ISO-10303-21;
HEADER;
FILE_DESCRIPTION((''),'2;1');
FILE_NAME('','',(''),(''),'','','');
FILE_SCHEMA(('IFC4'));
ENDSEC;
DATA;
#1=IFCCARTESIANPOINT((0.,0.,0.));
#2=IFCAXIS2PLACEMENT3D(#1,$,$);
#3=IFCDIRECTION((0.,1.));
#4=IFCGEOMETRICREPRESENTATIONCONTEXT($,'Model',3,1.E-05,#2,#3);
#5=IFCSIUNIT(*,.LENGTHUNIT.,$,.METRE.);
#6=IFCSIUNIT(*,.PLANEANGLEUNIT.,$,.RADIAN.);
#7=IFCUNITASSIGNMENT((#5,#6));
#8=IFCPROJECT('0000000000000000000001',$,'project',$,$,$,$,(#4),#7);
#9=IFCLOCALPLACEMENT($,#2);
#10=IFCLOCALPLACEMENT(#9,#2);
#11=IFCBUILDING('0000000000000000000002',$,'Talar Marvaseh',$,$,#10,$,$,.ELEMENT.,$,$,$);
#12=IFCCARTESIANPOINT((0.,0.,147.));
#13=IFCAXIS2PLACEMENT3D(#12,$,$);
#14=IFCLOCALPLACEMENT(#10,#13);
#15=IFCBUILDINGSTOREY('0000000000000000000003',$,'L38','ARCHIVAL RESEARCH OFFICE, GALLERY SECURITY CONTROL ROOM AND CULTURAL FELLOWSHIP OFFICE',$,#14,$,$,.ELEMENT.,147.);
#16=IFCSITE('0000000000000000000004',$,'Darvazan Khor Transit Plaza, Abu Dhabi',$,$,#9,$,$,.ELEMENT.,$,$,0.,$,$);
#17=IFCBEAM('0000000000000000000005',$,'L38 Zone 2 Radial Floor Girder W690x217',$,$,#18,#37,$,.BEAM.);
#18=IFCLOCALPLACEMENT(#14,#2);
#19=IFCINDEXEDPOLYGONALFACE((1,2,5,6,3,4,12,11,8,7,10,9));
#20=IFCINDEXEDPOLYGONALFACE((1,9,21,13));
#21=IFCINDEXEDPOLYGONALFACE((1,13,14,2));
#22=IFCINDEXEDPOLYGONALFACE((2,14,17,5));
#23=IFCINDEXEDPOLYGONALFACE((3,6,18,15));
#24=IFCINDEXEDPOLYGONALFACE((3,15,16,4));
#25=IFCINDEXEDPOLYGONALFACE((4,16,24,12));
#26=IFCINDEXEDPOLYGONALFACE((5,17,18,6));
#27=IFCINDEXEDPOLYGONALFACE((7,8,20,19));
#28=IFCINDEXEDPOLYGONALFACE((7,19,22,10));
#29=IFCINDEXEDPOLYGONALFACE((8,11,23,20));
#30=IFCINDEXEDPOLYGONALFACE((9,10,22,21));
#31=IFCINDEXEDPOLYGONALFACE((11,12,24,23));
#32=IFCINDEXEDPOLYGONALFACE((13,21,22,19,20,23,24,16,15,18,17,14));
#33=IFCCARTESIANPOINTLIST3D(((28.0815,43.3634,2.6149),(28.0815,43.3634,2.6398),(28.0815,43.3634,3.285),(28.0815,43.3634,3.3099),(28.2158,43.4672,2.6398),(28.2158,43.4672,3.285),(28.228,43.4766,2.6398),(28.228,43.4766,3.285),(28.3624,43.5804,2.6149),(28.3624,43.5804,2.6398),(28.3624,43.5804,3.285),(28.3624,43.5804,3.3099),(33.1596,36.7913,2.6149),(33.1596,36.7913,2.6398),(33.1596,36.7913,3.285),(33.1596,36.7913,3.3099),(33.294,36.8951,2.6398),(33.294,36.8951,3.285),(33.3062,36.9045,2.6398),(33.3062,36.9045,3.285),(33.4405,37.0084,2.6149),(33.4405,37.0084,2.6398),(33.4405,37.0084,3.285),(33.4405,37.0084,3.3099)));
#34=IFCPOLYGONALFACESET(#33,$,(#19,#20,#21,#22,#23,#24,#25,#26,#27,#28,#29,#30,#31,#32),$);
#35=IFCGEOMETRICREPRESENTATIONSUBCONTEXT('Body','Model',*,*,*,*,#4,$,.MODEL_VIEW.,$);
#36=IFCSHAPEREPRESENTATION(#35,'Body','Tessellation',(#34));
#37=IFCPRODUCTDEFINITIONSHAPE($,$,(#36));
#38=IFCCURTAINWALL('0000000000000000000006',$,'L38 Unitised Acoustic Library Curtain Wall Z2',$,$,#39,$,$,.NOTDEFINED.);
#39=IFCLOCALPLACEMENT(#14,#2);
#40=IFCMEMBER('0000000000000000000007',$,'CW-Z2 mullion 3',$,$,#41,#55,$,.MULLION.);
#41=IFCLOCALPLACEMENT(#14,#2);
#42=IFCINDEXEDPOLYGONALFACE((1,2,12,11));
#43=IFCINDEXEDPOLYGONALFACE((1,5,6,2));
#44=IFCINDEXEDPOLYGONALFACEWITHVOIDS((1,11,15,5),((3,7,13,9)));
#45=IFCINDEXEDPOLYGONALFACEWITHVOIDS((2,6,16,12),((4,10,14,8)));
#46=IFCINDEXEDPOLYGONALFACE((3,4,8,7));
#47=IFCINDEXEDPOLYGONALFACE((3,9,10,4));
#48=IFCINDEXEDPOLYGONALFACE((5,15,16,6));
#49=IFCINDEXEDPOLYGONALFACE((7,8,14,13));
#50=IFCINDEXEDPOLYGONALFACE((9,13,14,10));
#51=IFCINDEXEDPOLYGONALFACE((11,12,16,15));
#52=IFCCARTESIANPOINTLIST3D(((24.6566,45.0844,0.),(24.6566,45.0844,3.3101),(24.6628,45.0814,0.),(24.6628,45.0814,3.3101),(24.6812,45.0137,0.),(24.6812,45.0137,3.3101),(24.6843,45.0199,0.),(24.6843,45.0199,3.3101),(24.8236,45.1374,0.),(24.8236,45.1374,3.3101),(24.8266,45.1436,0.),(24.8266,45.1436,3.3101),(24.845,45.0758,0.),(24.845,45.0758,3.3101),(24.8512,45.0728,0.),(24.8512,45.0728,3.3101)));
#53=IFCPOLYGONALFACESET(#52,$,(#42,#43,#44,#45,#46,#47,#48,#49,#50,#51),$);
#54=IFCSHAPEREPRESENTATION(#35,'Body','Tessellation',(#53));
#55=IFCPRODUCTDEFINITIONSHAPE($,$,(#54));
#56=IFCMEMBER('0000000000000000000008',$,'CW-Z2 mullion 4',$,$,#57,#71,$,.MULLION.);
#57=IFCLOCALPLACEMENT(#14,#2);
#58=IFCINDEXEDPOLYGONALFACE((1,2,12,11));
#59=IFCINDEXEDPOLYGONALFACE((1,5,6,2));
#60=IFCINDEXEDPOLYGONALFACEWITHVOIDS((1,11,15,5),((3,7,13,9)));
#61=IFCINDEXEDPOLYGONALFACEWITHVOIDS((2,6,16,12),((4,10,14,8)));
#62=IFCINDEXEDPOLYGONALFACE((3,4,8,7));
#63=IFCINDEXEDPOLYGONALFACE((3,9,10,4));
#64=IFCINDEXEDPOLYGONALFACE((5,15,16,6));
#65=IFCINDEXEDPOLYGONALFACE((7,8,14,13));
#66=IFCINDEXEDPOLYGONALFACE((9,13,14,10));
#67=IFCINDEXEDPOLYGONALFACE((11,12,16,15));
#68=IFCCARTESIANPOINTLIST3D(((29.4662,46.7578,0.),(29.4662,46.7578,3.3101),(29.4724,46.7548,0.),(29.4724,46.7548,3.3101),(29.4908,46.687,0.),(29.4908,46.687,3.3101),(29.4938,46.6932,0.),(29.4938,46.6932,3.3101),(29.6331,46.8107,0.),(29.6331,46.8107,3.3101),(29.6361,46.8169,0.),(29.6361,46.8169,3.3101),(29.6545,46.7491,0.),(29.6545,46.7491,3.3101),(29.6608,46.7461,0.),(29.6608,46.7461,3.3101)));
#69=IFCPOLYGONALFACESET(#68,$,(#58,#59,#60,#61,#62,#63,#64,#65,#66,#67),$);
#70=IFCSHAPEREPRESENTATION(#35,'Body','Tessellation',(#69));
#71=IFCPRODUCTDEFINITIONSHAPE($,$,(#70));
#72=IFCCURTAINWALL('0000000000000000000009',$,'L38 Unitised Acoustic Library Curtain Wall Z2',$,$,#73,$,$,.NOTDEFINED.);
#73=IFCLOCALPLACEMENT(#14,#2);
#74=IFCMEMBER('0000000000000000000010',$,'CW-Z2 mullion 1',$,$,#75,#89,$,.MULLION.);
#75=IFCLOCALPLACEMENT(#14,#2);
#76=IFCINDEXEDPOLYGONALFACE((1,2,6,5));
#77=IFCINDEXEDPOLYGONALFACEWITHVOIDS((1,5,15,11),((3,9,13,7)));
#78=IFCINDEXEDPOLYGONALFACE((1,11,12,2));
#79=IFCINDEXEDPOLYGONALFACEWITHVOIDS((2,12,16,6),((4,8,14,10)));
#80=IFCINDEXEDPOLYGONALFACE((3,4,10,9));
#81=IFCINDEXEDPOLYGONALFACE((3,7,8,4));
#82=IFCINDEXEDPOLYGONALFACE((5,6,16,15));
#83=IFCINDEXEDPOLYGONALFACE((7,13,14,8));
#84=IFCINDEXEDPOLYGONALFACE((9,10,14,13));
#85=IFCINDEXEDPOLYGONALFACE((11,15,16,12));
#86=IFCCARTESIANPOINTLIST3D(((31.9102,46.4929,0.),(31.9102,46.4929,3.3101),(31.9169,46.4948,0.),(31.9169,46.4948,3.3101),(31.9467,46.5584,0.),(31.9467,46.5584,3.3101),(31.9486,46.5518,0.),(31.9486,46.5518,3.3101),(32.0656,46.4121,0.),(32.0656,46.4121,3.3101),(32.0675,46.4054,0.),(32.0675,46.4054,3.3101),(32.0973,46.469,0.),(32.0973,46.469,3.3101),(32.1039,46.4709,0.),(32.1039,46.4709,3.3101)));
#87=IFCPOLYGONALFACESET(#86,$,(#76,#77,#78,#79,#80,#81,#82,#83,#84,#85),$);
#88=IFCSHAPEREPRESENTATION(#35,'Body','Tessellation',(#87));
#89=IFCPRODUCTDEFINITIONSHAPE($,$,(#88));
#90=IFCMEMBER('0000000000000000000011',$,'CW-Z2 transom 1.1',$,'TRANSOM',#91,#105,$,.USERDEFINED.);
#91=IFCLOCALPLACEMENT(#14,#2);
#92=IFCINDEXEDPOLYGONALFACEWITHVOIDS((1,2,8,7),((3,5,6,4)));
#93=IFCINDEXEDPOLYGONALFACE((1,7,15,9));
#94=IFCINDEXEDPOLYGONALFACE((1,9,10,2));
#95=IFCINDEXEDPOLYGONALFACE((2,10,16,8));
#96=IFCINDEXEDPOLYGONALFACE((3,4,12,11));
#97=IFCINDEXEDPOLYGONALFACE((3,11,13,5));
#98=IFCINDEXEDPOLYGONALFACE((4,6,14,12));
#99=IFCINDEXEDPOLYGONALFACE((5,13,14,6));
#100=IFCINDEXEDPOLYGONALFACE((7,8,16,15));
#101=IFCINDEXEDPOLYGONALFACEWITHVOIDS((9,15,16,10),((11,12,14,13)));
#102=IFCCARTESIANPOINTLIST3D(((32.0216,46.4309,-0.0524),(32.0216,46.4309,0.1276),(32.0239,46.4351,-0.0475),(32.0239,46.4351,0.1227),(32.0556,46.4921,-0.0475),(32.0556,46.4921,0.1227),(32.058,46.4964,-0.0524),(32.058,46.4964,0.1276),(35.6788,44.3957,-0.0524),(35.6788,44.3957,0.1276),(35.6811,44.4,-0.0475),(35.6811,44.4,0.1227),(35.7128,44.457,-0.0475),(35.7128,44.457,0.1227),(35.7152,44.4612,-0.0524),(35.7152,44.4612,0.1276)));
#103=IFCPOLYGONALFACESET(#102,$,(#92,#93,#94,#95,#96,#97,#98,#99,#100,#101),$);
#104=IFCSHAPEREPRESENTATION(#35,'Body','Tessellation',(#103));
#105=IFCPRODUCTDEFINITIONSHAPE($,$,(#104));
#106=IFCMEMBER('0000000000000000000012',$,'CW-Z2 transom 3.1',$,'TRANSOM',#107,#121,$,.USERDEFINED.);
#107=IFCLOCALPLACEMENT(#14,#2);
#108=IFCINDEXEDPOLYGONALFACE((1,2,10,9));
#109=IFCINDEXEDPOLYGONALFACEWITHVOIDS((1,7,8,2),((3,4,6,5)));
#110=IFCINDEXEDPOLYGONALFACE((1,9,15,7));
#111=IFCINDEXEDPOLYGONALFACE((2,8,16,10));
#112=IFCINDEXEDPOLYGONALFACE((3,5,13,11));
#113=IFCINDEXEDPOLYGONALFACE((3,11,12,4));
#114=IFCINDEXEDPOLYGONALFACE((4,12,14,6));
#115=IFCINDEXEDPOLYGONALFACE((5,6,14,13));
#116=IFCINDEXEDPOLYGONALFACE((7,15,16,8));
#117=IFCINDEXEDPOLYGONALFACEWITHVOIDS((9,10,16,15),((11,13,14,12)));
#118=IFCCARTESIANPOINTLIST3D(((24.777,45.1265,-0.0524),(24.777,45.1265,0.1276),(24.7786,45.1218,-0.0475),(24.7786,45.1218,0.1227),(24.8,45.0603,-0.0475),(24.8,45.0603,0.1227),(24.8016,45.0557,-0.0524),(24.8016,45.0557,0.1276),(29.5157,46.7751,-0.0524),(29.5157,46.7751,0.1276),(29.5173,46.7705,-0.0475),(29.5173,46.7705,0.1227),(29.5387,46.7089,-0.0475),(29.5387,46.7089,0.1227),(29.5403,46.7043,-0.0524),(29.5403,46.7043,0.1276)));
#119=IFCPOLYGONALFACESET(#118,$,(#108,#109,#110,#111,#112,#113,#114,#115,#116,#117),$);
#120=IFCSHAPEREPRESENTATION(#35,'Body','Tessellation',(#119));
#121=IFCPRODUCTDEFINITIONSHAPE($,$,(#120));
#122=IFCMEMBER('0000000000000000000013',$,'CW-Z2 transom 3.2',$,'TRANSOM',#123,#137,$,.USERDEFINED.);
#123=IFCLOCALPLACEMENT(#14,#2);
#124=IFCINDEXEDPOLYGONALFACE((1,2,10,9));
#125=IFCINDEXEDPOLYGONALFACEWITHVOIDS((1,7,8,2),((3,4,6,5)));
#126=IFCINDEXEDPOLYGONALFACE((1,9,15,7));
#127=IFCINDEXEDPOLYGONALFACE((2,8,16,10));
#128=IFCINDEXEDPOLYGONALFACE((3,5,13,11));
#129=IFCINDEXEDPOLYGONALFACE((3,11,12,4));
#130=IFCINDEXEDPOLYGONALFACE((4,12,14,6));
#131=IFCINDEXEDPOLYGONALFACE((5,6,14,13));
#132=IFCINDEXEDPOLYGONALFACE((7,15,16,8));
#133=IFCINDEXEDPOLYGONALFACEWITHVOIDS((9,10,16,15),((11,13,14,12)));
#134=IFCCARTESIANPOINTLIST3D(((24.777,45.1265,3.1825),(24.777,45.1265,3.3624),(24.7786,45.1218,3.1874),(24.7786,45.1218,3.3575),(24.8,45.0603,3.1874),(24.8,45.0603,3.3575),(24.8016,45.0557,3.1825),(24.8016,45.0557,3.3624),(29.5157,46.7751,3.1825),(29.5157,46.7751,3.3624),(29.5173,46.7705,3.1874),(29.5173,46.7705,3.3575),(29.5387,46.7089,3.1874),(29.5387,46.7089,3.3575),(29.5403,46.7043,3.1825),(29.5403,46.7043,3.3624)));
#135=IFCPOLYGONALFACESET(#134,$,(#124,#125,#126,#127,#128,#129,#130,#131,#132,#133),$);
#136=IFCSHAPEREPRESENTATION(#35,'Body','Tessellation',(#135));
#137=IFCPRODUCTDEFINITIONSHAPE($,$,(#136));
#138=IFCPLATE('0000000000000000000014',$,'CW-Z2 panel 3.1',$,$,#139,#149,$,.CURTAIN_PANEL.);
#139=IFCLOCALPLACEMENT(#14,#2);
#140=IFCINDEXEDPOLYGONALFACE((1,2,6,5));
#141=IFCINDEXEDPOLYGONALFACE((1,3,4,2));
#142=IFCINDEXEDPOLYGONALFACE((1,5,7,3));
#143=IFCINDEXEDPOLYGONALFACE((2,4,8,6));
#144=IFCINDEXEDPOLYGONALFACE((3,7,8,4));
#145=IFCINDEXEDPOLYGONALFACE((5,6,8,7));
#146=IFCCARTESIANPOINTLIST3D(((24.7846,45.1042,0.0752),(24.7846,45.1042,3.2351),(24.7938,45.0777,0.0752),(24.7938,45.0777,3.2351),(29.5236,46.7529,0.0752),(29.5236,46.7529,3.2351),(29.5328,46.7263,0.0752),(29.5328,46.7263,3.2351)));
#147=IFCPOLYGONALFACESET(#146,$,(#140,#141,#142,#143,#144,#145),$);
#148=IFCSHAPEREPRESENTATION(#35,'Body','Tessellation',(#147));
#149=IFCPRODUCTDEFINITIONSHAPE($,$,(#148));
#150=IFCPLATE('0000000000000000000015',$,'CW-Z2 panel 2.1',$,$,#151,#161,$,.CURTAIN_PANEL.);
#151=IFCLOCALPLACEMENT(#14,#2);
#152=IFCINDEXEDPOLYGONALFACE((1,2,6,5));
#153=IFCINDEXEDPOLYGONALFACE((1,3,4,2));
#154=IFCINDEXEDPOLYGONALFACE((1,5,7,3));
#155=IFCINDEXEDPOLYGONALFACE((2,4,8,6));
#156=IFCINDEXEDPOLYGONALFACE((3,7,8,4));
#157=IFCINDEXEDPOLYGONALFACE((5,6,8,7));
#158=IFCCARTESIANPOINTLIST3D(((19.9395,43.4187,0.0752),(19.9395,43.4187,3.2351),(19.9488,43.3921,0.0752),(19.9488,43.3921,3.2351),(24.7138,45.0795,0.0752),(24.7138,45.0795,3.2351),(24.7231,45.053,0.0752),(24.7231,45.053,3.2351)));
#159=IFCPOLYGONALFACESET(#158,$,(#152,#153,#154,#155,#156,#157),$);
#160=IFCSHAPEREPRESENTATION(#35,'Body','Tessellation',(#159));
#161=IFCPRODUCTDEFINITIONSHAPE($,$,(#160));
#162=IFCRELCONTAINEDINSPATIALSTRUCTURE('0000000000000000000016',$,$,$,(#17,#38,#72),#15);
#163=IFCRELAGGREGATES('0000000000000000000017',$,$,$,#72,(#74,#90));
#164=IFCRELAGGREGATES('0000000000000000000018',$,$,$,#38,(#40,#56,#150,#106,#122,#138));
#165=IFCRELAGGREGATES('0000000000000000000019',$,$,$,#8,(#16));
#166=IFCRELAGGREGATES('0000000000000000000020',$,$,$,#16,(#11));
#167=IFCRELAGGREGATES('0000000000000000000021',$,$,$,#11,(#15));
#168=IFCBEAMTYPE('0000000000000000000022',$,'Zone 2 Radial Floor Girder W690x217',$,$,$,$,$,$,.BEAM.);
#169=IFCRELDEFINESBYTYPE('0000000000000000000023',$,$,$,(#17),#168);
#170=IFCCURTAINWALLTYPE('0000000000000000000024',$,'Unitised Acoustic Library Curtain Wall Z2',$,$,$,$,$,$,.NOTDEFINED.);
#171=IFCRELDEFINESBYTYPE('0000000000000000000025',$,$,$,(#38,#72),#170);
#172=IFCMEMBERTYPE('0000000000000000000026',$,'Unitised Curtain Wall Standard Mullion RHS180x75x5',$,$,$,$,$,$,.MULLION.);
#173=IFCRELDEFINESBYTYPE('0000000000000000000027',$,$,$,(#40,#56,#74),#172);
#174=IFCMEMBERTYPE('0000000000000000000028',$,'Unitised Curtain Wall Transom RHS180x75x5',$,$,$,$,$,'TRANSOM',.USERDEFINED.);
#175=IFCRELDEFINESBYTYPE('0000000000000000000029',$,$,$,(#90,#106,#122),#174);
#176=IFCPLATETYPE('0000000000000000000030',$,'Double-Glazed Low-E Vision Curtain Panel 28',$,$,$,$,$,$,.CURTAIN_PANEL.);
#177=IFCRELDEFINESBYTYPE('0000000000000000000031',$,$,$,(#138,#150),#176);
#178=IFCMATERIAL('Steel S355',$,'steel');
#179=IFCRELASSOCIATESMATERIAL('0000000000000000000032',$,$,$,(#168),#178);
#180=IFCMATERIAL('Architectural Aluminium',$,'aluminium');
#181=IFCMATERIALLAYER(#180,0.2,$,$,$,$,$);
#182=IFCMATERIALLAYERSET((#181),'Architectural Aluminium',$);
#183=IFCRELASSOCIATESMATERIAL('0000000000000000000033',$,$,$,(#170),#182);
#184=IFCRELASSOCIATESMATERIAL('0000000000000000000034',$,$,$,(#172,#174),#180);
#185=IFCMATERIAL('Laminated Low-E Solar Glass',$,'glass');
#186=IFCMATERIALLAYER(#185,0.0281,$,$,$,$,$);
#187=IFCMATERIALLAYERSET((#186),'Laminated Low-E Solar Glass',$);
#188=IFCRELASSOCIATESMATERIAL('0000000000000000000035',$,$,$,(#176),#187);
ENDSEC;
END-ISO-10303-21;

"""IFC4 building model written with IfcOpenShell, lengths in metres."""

from ifc_helpers import new_model, si_unit, direction, frame, origin, origin_2d, place, context, subcontext, project, spatial, rectangle, hollow_rectangle, i_section, extrude, source, transform, mapped, material, layer, layer_set, material_profile, profile_set, type_object, type_shapes, element, aggregate, save


model = new_model("IFC4")

# Units and contexts
model_context = context("Model", 3, precision=1e-05, world=origin(), true_north=direction((0.0, 1.0)))
body_context = subcontext(model_context, "Body", "Model", "MODEL_VIEW")
ifc_project = project(units=[si_unit("LENGTHUNIT", "METRE"), si_unit("PLANEANGLEUNIT", "RADIAN")], contexts=[model_context])

# Site, building, storey
site_placement = place(None, origin())
site = spatial("IfcSite", under=ifc_project, at=site_placement, Name="Darvazan Khor Transit Plaza, Abu Dhabi", CompositionType="ELEMENT", RefElevation=0.0)
building_placement = place(site_placement, origin())
building = spatial("IfcBuilding", under=site, at=building_placement, Name="Talar Marvaseh", CompositionType="ELEMENT")
storey_placement = place(building_placement, frame((0.0, 0.0, 147.0)))
storey = spatial("IfcBuildingStorey", under=building, at=storey_placement, Name="L38", Description="ARCHIVAL RESEARCH OFFICE, GALLERY SECURITY CONTROL ROOM AND CULTURAL FELLOWSHIP OFFICE", CompositionType="ELEMENT", Elevation=147.0)

# Beam
ifc_material_1 = material(Name="Steel S355", Category="steel")
ifc_material_profile_1 = material_profile(ifc_material_1, i_section(OverallWidth=0.355, OverallDepth=0.6951, WebThickness=0.0154, FlangeThickness=0.0249, at=origin_2d()), Name="W690x217")
ifc_profile_set_1 = profile_set([ifc_material_profile_1], Name="Steel S355")
beam_type = type_object("IfcBeamType", Name="Zone 2 Radial Floor Girder W690x217", PredefinedType="BEAM", material=ifc_profile_set_1)
beam_placement = place(storey_placement, frame((28.2219, 43.4719, 2.9624), z_axis=(0.611428, -0.7913, 0.0), x_axis=(0.7913, 0.611428, 0.0)))
element("IfcBeam", 1, at=beam_placement, inside=storey, type_object=beam_type, Name="L38 Zone 2 Radial Floor Girder W690x217", PredefinedType="BEAM", context=body_context, shape_type="SweptSolid", body=[
    extrude(i_section(OverallWidth=0.355, OverallDepth=0.6951, WebThickness=0.0154, FlangeThickness=0.0249, at=origin_2d()), origin(), (0.0, 0.0, 1.0), 8.3054),
])

# Curtain walls, members
ifc_material_2 = material(Name="Architectural Aluminium", Category="aluminium")
ifc_layer_1 = layer(ifc_material_2, 0.2)
ifc_layer_set_1 = layer_set([ifc_layer_1], Name="Architectural Aluminium")
curtain_wall_type = type_object("IfcCurtainWallType", Name="Unitised Acoustic Library Curtain Wall Z2", PredefinedType="NOTDEFINED", material=ifc_layer_set_1)
curtain_wall_1_placement = place(storey_placement, origin())
curtain_wall_1 = element("IfcCurtainWall", 2, at=curtain_wall_1_placement, inside=storey, type_object=curtain_wall_type, Name="L38 Unitised Acoustic Library Curtain Wall Z2", PredefinedType="NOTDEFINED")
ifc_material_profile_2 = material_profile(ifc_material_2, hollow_rectangle(XDim=0.075, YDim=0.1799, WallThickness=0.0049, at=origin_2d()), Name="RHS180x75x5")
ifc_profile_set_2 = profile_set([ifc_material_profile_2], Name="Architectural Aluminium")
member_type_1 = type_object("IfcMemberType", Name="Unitised Curtain Wall Standard Mullion RHS180x75x5", PredefinedType="MULLION", material=ifc_profile_set_2)
shared_shape_1 = source(origin(), body_context, "Body", "SweptSolid", [
    extrude(hollow_rectangle(XDim=0.075, YDim=0.1799, WallThickness=0.0049, at=origin_2d()), origin(), (0.0, 0.0, 1.0), 3.3101),
])
type_shapes(member_type_1, [shared_shape_1])
member_1_placement = place(storey_placement, frame((24.7539, 45.0786, 0.0), z_axis=(0.0, 0.0, 1.0), x_axis=(-0.328569, 0.94448, 0.0)))
member_1 = element("IfcMember", 3, at=member_1_placement, type_object=member_type_1, Name="CW-Z2 mullion 3", PredefinedType="MULLION", context=body_context, shape_type="MappedRepresentation", body=[
    mapped(shared_shape_1, transform((0.0, 0.0, 0.0), x_axis=(1.0, 0.0, 0.0), y_axis=(0.0, 1.0, 0.0), z_axis=(0.0, 0.0, 1.0), scale=1.0)),
])
member_2_placement = place(storey_placement, frame((29.5635, 46.752, 0.0), z_axis=(0.0, 0.0, 1.0), x_axis=(-0.328569, 0.94448, 0.0)))
member_2 = element("IfcMember", 4, at=member_2_placement, type_object=member_type_1, Name="CW-Z2 mullion 4", PredefinedType="MULLION", context=body_context, shape_type="MappedRepresentation", body=[
    mapped(shared_shape_1, transform((0.0, 0.0, 0.0), x_axis=(1.0, 0.0, 0.0), y_axis=(0.0, 1.0, 0.0), z_axis=(0.0, 0.0, 1.0), scale=1.0)),
])
curtain_wall_2_placement = place(storey_placement, origin())
curtain_wall_2 = element("IfcCurtainWall", 5, at=curtain_wall_2_placement, inside=storey, type_object=curtain_wall_type, Name="L38 Unitised Acoustic Library Curtain Wall Z2", PredefinedType="NOTDEFINED")
member_3_placement = place(storey_placement, frame((32.0071, 46.4819, 0.0), z_axis=(0.0, 0.0, 1.0), x_axis=(0.486278, 0.873804, 0.0)))
member_3 = element("IfcMember", 6, at=member_3_placement, type_object=member_type_1, Name="CW-Z2 mullion 1", PredefinedType="MULLION", context=body_context, shape_type="MappedRepresentation", body=[
    mapped(shared_shape_1, transform((0.0, 0.0, 0.0), x_axis=(1.0, 0.0, 0.0), y_axis=(0.0, 1.0, 0.0), z_axis=(0.0, 0.0, 1.0), scale=1.0)),
])
ifc_material_profile_3 = material_profile(ifc_material_2, hollow_rectangle(XDim=0.075, YDim=0.1799, WallThickness=0.0049, at=origin_2d()), Name="RHS180x75x5")
ifc_profile_set_3 = profile_set([ifc_material_profile_3], Name="Architectural Aluminium")
member_type_2 = type_object("IfcMemberType", Name="Unitised Curtain Wall Transom RHS180x75x5", ElementType="TRANSOM", PredefinedType="USERDEFINED", material=ifc_profile_set_3)
shared_shape_2 = source(origin(), body_context, "Body", "SweptSolid", [
    extrude(hollow_rectangle(XDim=0.075, YDim=0.1799, WallThickness=0.0049, at=origin_2d()), origin(), (0.0, 0.0, 1.0), 4.1853),
])
member_4_placement = place(storey_placement, frame((32.0398, 46.4636, 0.0376), z_axis=(0.873816, -0.486257, 0.0), x_axis=(0.486257, 0.873816, 0.0)))
member_4 = element("IfcMember", 7, at=member_4_placement, type_object=member_type_2, Name="CW-Z2 transom 1.1", ObjectType="TRANSOM", PredefinedType="USERDEFINED", context=body_context, shape_type="MappedRepresentation", body=[
    mapped(shared_shape_2, transform((0.0, 0.0, 0.0), x_axis=(1.0, 0.0, 0.0), y_axis=(0.0, 1.0, 0.0), z_axis=(0.0, 0.0, 1.0), scale=1.0)),
])
aggregate(curtain_wall_2, [member_3, member_4])

# Members
shared_shape_3 = source(origin(), body_context, "Body", "SweptSolid", [
    extrude(hollow_rectangle(XDim=0.075, YDim=0.1799, WallThickness=0.0049, at=origin_2d()), origin(), (0.0, 0.0, 1.0), 5.0173),
])
type_shapes(member_type_2, [shared_shape_2, shared_shape_3])
member_5_placement = place(storey_placement, frame((24.7893, 45.0911, 0.0376), z_axis=(0.944471, 0.328594, 0.0), x_axis=(-0.328594, 0.944471, 0.0)))
member_5 = element("IfcMember", 8, at=member_5_placement, type_object=member_type_2, Name="CW-Z2 transom 3.1", ObjectType="TRANSOM", PredefinedType="USERDEFINED", context=body_context, shape_type="MappedRepresentation", body=[
    mapped(shared_shape_3, transform((0.0, 0.0, 0.0), x_axis=(1.0, 0.0, 0.0), y_axis=(0.0, 1.0, 0.0), z_axis=(0.0, 0.0, 1.0), scale=1.0)),
])
member_6_placement = place(storey_placement, frame((24.7893, 45.0911, 3.2725), z_axis=(0.944471, 0.328594, 0.0), x_axis=(-0.328594, 0.944471, 0.0)))
member_6 = element("IfcMember", 9, at=member_6_placement, type_object=member_type_2, Name="CW-Z2 transom 3.2", ObjectType="TRANSOM", PredefinedType="USERDEFINED", context=body_context, shape_type="MappedRepresentation", body=[
    mapped(shared_shape_3, transform((0.0, 0.0, 0.0), x_axis=(1.0, 0.0, 0.0), y_axis=(0.0, 1.0, 0.0), z_axis=(0.0, 0.0, 1.0), scale=1.0)),
])

# Plates
ifc_material_3 = material(Name="Laminated Low-E Solar Glass", Category="glass")
ifc_layer_2 = layer(ifc_material_3, 0.0281)
ifc_layer_set_2 = layer_set([ifc_layer_2], Name="Laminated Low-E Solar Glass")
plate_type = type_object("IfcPlateType", Name="Double-Glazed Low-E Vision Curtain Panel 28", PredefinedType="CURTAIN_PANEL", material=ifc_layer_set_2)
shared_shape_4 = source(origin(), body_context, "Body", "SweptSolid", [
    extrude(rectangle(XDim=5.0176, YDim=0.0281, at=origin_2d()), origin(), (0.0, 0.0, 1.0), 3.1599),
])
plate_1_placement = place(storey_placement, frame((27.1587, 45.9153, 0.0752), z_axis=(0.0, 0.0, 1.0), x_axis=(0.94448, 0.328569, 0.0)))
plate_1 = element("IfcPlate", 10, at=plate_1_placement, type_object=plate_type, Name="CW-Z2 panel 3.1", PredefinedType="CURTAIN_PANEL", context=body_context, shape_type="MappedRepresentation", body=[
    mapped(shared_shape_4, transform((0.0, 0.0, 0.0), x_axis=(1.0, 0.0, 0.0), y_axis=(0.0, 1.0, 0.0), z_axis=(0.0, 0.0, 1.0), scale=1.0)),
])
shared_shape_5 = source(origin(), body_context, "Body", "SweptSolid", [
    extrude(rectangle(XDim=5.0549, YDim=0.0281, at=origin_2d()), origin(), (0.0, 0.0, 1.0), 3.1599),
])
type_shapes(plate_type, [shared_shape_4, shared_shape_5])
plate_2_placement = place(storey_placement, frame((22.3313, 44.2358, 0.0752), z_axis=(0.0, 0.0, 1.0), x_axis=(0.94448, 0.328569, 0.0)))
plate_2 = element("IfcPlate", 11, at=plate_2_placement, type_object=plate_type, Name="CW-Z2 panel 2.1", PredefinedType="CURTAIN_PANEL", context=body_context, shape_type="MappedRepresentation", body=[
    mapped(shared_shape_5, transform((0.0, 0.0, 0.0), x_axis=(1.0, 0.0, 0.0), y_axis=(0.0, 1.0, 0.0), z_axis=(0.0, 0.0, 1.0), scale=1.0)),
])
aggregate(curtain_wall_1, [member_1, member_2, plate_2, member_5, member_6, plate_1])

save(model, "model.ifc")
